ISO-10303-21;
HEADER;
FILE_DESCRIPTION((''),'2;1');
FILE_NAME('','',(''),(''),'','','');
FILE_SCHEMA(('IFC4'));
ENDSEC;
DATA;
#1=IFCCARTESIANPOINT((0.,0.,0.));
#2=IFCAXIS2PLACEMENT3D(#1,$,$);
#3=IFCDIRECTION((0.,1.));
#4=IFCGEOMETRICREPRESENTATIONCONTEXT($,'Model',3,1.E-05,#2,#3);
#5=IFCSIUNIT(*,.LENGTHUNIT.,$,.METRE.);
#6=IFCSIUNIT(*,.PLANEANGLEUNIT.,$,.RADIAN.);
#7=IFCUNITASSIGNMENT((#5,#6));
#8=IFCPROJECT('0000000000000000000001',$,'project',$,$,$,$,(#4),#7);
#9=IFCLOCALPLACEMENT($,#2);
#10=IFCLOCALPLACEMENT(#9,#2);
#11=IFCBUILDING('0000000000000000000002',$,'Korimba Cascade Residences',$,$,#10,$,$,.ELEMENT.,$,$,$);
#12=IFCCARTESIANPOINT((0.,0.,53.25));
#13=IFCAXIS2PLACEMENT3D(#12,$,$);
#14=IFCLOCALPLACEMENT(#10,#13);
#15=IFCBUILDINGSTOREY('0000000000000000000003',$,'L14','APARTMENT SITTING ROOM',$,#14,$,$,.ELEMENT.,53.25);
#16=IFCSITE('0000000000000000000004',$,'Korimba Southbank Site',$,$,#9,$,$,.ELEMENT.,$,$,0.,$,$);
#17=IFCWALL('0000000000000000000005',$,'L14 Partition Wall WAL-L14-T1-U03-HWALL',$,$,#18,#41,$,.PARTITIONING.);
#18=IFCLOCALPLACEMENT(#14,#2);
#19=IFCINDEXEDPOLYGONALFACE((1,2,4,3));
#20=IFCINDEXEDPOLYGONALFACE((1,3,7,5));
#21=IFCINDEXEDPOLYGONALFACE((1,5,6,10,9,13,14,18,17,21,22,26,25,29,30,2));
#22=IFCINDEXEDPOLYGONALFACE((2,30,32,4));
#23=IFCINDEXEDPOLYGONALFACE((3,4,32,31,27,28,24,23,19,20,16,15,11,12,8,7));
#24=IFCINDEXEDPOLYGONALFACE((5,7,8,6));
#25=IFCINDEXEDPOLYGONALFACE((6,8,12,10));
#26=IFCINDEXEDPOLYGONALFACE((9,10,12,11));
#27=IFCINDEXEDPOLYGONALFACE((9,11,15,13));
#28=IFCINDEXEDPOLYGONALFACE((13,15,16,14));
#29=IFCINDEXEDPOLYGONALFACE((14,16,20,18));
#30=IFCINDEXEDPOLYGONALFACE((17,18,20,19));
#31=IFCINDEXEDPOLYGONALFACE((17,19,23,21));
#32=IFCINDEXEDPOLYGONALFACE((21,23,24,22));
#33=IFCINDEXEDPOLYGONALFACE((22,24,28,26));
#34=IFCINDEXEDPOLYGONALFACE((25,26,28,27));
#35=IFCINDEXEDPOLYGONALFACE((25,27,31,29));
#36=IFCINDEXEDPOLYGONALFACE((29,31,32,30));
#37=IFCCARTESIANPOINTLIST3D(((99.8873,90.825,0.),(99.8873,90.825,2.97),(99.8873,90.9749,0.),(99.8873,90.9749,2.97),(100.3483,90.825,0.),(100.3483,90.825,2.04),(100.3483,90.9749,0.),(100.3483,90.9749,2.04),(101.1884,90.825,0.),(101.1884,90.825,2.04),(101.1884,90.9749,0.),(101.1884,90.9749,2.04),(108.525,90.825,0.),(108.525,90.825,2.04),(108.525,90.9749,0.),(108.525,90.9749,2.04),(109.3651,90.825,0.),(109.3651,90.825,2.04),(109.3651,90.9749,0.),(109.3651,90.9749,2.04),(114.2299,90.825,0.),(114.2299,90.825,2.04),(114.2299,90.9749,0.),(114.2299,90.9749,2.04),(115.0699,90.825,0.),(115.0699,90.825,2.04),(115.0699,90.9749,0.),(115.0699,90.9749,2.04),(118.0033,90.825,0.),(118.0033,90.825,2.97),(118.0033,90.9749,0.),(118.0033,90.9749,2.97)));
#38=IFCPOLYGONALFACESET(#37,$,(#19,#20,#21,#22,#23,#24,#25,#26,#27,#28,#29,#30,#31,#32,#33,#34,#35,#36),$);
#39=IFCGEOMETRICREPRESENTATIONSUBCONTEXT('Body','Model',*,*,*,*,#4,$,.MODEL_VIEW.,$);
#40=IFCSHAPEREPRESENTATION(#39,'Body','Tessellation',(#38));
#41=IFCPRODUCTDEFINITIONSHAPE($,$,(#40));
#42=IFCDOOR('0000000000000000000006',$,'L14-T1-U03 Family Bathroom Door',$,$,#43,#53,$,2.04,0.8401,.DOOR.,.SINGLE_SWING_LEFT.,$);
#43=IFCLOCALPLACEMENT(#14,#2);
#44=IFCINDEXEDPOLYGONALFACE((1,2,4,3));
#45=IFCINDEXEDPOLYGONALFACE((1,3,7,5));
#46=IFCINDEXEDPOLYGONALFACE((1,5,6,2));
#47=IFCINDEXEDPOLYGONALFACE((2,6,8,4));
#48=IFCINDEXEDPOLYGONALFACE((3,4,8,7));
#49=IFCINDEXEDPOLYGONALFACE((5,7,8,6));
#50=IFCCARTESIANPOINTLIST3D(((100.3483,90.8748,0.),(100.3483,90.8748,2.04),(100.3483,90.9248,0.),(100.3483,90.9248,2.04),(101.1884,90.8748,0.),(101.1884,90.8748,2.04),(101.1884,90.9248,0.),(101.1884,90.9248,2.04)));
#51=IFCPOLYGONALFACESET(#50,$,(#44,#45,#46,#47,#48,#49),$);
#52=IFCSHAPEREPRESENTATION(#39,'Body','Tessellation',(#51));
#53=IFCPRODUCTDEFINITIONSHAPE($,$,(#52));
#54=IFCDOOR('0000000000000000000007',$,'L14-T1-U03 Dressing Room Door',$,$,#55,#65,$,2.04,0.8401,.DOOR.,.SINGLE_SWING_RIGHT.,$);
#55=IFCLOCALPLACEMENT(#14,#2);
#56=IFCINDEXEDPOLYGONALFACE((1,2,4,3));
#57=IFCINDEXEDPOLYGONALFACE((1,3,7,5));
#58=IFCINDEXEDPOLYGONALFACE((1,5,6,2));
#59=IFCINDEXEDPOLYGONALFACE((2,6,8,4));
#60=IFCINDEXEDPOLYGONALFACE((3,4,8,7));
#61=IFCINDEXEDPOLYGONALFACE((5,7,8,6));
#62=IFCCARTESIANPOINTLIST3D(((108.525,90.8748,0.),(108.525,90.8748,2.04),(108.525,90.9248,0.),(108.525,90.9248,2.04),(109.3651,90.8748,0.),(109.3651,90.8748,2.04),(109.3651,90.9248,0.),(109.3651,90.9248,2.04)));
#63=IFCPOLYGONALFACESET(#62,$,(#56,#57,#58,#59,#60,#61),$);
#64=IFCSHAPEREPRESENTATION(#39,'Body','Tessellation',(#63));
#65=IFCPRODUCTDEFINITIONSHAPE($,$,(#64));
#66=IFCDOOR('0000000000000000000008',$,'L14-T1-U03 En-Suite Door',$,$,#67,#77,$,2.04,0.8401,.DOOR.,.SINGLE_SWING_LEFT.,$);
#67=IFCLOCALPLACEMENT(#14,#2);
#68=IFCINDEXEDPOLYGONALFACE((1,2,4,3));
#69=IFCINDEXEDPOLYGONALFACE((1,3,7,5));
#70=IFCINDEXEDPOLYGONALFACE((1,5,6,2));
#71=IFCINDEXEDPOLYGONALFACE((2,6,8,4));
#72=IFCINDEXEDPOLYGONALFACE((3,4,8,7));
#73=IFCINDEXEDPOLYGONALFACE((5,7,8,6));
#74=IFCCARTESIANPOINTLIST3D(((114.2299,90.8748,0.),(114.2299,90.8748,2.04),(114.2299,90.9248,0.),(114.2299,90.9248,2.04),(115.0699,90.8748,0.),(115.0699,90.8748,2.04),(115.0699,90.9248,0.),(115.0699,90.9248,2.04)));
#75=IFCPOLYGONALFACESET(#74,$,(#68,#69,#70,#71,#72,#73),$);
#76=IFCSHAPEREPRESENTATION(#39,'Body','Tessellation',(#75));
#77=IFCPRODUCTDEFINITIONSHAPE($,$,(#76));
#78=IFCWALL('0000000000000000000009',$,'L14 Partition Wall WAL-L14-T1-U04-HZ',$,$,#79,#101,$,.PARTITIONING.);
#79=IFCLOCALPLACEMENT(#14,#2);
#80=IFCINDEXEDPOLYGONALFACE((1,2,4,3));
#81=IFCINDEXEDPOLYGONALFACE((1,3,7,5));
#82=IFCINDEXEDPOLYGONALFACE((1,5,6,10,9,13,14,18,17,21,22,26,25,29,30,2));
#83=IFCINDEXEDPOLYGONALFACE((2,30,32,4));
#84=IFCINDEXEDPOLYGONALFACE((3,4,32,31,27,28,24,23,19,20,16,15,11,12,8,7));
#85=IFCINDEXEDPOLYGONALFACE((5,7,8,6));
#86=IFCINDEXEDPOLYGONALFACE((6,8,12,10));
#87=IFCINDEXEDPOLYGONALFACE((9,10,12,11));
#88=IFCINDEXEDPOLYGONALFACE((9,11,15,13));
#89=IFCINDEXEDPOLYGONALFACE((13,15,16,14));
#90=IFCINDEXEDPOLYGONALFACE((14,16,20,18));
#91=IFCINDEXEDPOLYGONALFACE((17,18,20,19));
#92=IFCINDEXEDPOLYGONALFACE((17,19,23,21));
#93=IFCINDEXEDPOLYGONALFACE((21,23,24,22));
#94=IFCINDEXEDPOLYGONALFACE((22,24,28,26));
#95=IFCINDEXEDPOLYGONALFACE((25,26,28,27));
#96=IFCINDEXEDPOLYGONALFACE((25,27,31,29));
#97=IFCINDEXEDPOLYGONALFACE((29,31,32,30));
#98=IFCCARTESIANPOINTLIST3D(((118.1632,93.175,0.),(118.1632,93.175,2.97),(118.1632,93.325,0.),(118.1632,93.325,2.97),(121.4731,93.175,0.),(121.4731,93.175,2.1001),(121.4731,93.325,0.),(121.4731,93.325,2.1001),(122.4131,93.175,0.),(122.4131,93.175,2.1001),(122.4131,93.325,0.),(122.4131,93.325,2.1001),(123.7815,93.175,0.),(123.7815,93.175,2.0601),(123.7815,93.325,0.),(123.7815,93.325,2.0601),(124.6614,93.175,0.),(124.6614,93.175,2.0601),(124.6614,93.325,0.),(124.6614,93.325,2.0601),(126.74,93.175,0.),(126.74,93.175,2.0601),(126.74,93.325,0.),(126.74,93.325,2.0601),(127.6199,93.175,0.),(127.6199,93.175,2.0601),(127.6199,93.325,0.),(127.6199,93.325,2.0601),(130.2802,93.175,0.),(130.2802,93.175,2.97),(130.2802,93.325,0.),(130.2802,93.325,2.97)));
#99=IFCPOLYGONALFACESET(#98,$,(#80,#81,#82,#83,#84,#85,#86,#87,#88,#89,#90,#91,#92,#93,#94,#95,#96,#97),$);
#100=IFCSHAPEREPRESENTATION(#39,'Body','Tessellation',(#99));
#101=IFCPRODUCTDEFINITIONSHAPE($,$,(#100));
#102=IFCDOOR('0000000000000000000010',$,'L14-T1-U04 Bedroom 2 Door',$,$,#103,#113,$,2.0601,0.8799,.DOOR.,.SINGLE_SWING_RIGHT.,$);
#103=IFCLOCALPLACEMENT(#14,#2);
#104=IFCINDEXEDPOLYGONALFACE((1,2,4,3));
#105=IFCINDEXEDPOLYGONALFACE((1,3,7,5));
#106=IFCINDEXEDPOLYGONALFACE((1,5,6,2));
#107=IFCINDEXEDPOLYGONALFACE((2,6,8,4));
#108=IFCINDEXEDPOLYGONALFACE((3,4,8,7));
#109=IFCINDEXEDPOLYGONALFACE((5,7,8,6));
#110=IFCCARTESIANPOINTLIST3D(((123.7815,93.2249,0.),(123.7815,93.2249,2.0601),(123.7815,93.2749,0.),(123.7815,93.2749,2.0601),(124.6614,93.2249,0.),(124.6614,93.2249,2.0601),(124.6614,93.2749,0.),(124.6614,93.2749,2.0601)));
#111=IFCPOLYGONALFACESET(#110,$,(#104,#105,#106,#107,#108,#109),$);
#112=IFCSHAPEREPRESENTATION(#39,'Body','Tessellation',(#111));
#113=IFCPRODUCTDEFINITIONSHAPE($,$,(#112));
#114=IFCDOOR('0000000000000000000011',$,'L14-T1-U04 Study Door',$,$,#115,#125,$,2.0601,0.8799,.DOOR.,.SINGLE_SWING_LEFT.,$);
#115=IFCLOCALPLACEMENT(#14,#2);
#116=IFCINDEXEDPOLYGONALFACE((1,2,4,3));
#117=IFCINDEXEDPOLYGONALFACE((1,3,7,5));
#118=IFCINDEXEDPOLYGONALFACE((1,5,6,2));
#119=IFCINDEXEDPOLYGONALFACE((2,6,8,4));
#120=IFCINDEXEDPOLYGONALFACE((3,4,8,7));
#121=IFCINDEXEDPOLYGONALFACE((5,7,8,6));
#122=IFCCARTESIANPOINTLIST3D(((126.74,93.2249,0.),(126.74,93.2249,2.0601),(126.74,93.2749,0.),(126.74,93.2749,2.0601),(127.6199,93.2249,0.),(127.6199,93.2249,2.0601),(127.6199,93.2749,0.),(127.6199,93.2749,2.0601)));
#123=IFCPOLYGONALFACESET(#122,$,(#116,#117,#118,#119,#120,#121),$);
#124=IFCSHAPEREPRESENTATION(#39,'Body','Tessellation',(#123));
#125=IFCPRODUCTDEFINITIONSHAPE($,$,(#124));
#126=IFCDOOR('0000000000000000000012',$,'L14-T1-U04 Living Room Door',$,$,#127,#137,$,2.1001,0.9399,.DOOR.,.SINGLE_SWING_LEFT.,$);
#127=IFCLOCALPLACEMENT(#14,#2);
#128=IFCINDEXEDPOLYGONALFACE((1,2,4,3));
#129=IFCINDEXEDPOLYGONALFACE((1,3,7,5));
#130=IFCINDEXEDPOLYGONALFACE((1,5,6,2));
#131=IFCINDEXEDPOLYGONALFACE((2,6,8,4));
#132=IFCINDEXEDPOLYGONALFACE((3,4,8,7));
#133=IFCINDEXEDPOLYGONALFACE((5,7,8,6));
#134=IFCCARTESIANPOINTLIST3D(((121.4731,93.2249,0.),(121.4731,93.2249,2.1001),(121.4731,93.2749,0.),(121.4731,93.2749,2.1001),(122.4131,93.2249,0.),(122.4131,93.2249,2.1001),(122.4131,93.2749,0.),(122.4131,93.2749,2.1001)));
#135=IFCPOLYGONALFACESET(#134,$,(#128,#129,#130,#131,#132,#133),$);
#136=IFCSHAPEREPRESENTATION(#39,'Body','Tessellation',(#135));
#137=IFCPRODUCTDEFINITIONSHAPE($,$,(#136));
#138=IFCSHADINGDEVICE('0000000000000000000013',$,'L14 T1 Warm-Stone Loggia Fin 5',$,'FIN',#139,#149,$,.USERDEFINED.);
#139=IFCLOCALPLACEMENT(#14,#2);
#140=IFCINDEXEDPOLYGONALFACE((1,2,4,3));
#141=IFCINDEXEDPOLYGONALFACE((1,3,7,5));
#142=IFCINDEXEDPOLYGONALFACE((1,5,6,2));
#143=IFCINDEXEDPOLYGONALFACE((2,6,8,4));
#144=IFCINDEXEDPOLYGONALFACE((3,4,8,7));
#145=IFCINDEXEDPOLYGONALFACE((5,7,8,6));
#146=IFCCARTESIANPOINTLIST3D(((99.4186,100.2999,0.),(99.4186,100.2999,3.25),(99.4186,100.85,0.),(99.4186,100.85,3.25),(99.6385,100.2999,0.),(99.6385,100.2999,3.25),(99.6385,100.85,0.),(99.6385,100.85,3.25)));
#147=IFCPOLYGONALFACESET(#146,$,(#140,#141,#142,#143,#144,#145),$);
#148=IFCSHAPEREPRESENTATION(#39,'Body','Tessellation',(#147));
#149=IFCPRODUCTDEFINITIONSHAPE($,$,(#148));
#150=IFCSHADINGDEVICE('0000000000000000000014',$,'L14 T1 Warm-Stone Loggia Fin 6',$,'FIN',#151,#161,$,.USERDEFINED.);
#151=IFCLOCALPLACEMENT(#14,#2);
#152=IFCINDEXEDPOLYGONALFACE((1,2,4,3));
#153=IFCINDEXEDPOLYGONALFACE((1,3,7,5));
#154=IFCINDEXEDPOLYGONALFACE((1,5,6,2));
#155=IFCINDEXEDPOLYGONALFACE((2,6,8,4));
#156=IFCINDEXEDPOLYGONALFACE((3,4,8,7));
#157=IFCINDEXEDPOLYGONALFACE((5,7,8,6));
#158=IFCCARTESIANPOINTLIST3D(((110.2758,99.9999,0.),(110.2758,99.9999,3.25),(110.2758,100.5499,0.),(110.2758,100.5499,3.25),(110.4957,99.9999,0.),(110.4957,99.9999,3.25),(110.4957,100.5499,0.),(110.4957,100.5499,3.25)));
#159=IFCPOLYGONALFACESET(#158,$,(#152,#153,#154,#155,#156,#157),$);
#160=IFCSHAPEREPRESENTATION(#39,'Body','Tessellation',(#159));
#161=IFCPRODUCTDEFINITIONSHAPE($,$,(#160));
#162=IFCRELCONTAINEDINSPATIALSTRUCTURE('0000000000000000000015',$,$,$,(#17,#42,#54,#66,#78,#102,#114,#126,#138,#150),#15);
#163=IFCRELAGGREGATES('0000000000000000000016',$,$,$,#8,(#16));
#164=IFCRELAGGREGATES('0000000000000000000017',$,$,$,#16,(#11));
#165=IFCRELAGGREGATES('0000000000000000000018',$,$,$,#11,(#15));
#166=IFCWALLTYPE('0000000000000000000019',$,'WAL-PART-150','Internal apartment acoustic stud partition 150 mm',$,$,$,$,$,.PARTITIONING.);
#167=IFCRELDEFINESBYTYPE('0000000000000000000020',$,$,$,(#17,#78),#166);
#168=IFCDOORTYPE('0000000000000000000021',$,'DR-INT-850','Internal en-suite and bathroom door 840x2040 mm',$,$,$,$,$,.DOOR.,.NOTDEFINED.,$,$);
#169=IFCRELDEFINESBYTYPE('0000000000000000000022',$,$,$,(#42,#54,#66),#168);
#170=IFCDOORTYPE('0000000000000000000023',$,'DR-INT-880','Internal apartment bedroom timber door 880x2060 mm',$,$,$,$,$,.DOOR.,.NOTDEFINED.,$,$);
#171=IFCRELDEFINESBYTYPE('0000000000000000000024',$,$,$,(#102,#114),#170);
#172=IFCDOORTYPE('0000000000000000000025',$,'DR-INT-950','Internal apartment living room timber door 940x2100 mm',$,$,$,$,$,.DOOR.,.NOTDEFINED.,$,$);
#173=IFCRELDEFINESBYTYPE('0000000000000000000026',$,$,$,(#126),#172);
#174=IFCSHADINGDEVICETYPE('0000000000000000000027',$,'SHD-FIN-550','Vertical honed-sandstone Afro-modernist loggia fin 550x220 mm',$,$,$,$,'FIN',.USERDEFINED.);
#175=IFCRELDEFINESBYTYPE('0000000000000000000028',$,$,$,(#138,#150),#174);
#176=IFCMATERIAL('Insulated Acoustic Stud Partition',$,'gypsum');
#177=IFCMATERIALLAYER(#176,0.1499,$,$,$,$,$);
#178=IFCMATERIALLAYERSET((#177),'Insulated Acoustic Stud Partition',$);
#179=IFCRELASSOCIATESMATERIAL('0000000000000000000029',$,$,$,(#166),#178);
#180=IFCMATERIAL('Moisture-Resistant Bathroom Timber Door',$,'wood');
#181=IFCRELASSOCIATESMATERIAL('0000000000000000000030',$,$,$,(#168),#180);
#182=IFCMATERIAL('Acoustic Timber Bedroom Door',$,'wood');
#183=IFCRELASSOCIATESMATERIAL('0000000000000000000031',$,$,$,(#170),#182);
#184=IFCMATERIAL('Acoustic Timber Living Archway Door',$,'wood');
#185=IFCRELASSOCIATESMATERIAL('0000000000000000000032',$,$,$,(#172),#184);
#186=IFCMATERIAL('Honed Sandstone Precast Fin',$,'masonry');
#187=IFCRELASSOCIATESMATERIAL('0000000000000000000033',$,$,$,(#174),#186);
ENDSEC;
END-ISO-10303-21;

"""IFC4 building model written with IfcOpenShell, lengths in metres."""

from ifc_helpers import new_model, si_unit, direction, frame, frame_2d, origin, origin_2d, place, context, subcontext, project, spatial, rectangle, extrude, material, layer, layer_set, type_object, element, fill, save


model = new_model("IFC4")

# Units and contexts
model_context = context("Model", 3, precision=1e-05, world=origin(), true_north=direction((0.0, 1.0)))
body_context = subcontext(model_context, "Body", "Model", "MODEL_VIEW")
ifc_project = project(units=[si_unit("LENGTHUNIT", "METRE"), si_unit("PLANEANGLEUNIT", "RADIAN")], contexts=[model_context])

# Site, building, storey
site_placement = place(None, origin())
site = spatial("IfcSite", under=ifc_project, at=site_placement, Name="Korimba Southbank Site", CompositionType="ELEMENT", RefElevation=0.0)
building_placement = place(site_placement, origin())
building = spatial("IfcBuilding", under=site, at=building_placement, Name="Korimba Cascade Residences", CompositionType="ELEMENT")
storey_placement = place(building_placement, frame((0.0, 0.0, 53.25)))
storey = spatial("IfcBuildingStorey", under=building, at=storey_placement, Name="L14", Description="APARTMENT SITTING ROOM", CompositionType="ELEMENT", Elevation=53.25)

# Shared definitions
ifc_material_1 = material(Name="Insulated Acoustic Stud Partition", Category="gypsum")
ifc_layer = layer(ifc_material_1, 0.1499)
ifc_layer_set = layer_set([ifc_layer], Name="Insulated Acoustic Stud Partition")
wall_type = type_object("IfcWallType", Name="WAL-PART-150", Description="Internal apartment acoustic stud partition 150 mm", PredefinedType="PARTITIONING", material=ifc_layer_set)

# Walls, openings, doors
wall_1_placement = place(storey_placement, frame((99.8872, 90.8999, 0.0), z_axis=(0.0, 0.0, 1.0), x_axis=(1.0, 0.0, 0.0)))
wall_1 = element("IfcWall", 1, at=wall_1_placement, inside=storey, type_object=wall_type, Name="L14 Partition Wall WAL-L14-T1-U03-HWALL", PredefinedType="PARTITIONING", context=body_context, shape_type="SweptSolid", body=[
    extrude(rectangle(XDim=18.116, YDim=0.1499, at=frame_2d((9.0581, 0.0))), origin(), (0.0, 0.0, 1.0), 2.97),
])
opening_1_placement = place(wall_1_placement, frame((0.4612, 0.0, 0.0)))
opening_1 = element("IfcOpeningElement", 2, at=opening_1_placement, cuts=wall_1, PredefinedType="OPENING", context=body_context, shape_type="SweptSolid", body=[
    extrude(rectangle(XDim=0.8401, YDim=2.04, at=frame_2d((0.4199, 1.02))), frame((0.0, 0.085, 0.0), z_axis=(0.0, -1.0, 0.0), x_axis=(1.0, 0.0, 0.0)), (0.0, 0.0, 1.0), 0.1699),
])
opening_2_placement = place(wall_1_placement, frame((8.6379, 0.0, 0.0)))
opening_2 = element("IfcOpeningElement", 3, at=opening_2_placement, cuts=wall_1, PredefinedType="OPENING", context=body_context, shape_type="SweptSolid", body=[
    extrude(rectangle(XDim=0.8401, YDim=2.04, at=frame_2d((0.4199, 1.02))), frame((0.0, 0.085, 0.0), z_axis=(0.0, -1.0, 0.0), x_axis=(1.0, 0.0, 0.0)), (0.0, 0.0, 1.0), 0.1699),
])
opening_3_placement = place(wall_1_placement, frame((14.3428, 0.0, 0.0)))
opening_3 = element("IfcOpeningElement", 4, at=opening_3_placement, cuts=wall_1, PredefinedType="OPENING", context=body_context, shape_type="SweptSolid", body=[
    extrude(rectangle(XDim=0.8401, YDim=2.04, at=frame_2d((0.4199, 1.02))), frame((0.0, 0.085, 0.0), z_axis=(0.0, -1.0, 0.0), x_axis=(1.0, 0.0, 0.0)), (0.0, 0.0, 1.0), 0.1699),
])
ifc_material_2 = material(Name="Moisture-Resistant Bathroom Timber Door", Category="wood")
door_type_1 = type_object("IfcDoorType", Name="DR-INT-850", Description="Internal en-suite and bathroom door 840x2040 mm", OperationType="NOTDEFINED", PredefinedType="DOOR", material=ifc_material_2)
door_1_placement = place(opening_1_placement, origin())
door_1 = element("IfcDoor", 5, at=door_1_placement, inside=storey, type_object=door_type_1, Name="L14-T1-U03 Family Bathroom Door", OperationType="SINGLE_SWING_LEFT", OverallHeight=2.04, OverallWidth=0.8401, PredefinedType="DOOR", context=body_context, shape_type="SweptSolid", body=[
    extrude(rectangle(XDim=0.8401, YDim=2.04, at=frame_2d((0.4199, 1.02))), frame((0.0, 0.0249, 0.0), z_axis=(0.0, -1.0, 0.0), x_axis=(1.0, 0.0, 0.0)), (0.0, 0.0, 1.0), 0.05),
])
fill(opening_1, door_1)
door_2_placement = place(opening_2_placement, origin())
door_2 = element("IfcDoor", 6, at=door_2_placement, inside=storey, type_object=door_type_1, Name="L14-T1-U03 Dressing Room Door", OperationType="SINGLE_SWING_RIGHT", OverallHeight=2.04, OverallWidth=0.8401, PredefinedType="DOOR", context=body_context, shape_type="SweptSolid", body=[
    extrude(rectangle(XDim=0.8401, YDim=2.04, at=frame_2d((0.4199, 1.02))), frame((0.0, 0.0249, 0.0), z_axis=(0.0, -1.0, 0.0), x_axis=(1.0, 0.0, 0.0)), (0.0, 0.0, 1.0), 0.05),
])
fill(opening_2, door_2)
door_3_placement = place(opening_3_placement, origin())
door_3 = element("IfcDoor", 7, at=door_3_placement, inside=storey, type_object=door_type_1, Name="L14-T1-U03 En-Suite Door", OperationType="SINGLE_SWING_LEFT", OverallHeight=2.04, OverallWidth=0.8401, PredefinedType="DOOR", context=body_context, shape_type="SweptSolid", body=[
    extrude(rectangle(XDim=0.8401, YDim=2.04, at=frame_2d((0.4199, 1.02))), frame((0.0, 0.0249, 0.0), z_axis=(0.0, -1.0, 0.0), x_axis=(1.0, 0.0, 0.0)), (0.0, 0.0, 1.0), 0.05),
])
fill(opening_3, door_3)
wall_2_placement = place(storey_placement, frame((118.1631, 93.25, 0.0), z_axis=(0.0, 0.0, 1.0), x_axis=(1.0, 0.0, 0.0)))
wall_2 = element("IfcWall", 8, at=wall_2_placement, inside=storey, type_object=wall_type, Name="L14 Partition Wall WAL-L14-T1-U04-HZ", PredefinedType="PARTITIONING", context=body_context, shape_type="SweptSolid", body=[
    extrude(rectangle(XDim=12.1169, YDim=0.1499, at=frame_2d((6.0586, 0.0))), origin(), (0.0, 0.0, 1.0), 2.97),
])
opening_4_placement = place(wall_2_placement, frame((3.3101, 0.0, 0.0)))
opening_4 = element("IfcOpeningElement", 9, at=opening_4_placement, cuts=wall_2, PredefinedType="OPENING", context=body_context, shape_type="SweptSolid", body=[
    extrude(rectangle(XDim=0.9399, YDim=2.1001, at=frame_2d((0.47, 1.05))), frame((0.0, 0.085, 0.0), z_axis=(0.0, -1.0, 0.0), x_axis=(1.0, 0.0, 0.0)), (0.0, 0.0, 1.0), 0.1699),
])
opening_5_placement = place(wall_2_placement, frame((5.6184, 0.0, 0.0)))
opening_5 = element("IfcOpeningElement", 10, at=opening_5_placement, cuts=wall_2, PredefinedType="OPENING", context=body_context, shape_type="SweptSolid", body=[
    extrude(rectangle(XDim=0.8799, YDim=2.0601, at=frame_2d((0.4399, 1.03))), frame((0.0, 0.085, 0.0), z_axis=(0.0, -1.0, 0.0), x_axis=(1.0, 0.0, 0.0)), (0.0, 0.0, 1.0), 0.1699),
])
opening_6_placement = place(wall_2_placement, frame((8.5769, 0.0, 0.0)))
opening_6 = element("IfcOpeningElement", 11, at=opening_6_placement, cuts=wall_2, PredefinedType="OPENING", context=body_context, shape_type="SweptSolid", body=[
    extrude(rectangle(XDim=0.8799, YDim=2.0601, at=frame_2d((0.4399, 1.03))), frame((0.0, 0.085, 0.0), z_axis=(0.0, -1.0, 0.0), x_axis=(1.0, 0.0, 0.0)), (0.0, 0.0, 1.0), 0.1699),
])
ifc_material_3 = material(Name="Acoustic Timber Bedroom Door", Category="wood")
door_type_2 = type_object("IfcDoorType", Name="DR-INT-880", Description="Internal apartment bedroom timber door 880x2060 mm", OperationType="NOTDEFINED", PredefinedType="DOOR", material=ifc_material_3)
door_4_placement = place(opening_5_placement, origin())
door_4 = element("IfcDoor", 12, at=door_4_placement, inside=storey, type_object=door_type_2, Name="L14-T1-U04 Bedroom 2 Door", OperationType="SINGLE_SWING_RIGHT", OverallHeight=2.0601, OverallWidth=0.8799, PredefinedType="DOOR", context=body_context, shape_type="SweptSolid", body=[
    extrude(rectangle(XDim=0.8799, YDim=2.0601, at=frame_2d((0.4399, 1.03))), frame((0.0, 0.0249, 0.0), z_axis=(0.0, -1.0, 0.0), x_axis=(1.0, 0.0, 0.0)), (0.0, 0.0, 1.0), 0.05),
])
fill(opening_5, door_4)
door_5_placement = place(opening_6_placement, origin())
door_5 = element("IfcDoor", 13, at=door_5_placement, inside=storey, type_object=door_type_2, Name="L14-T1-U04 Study Door", OperationType="SINGLE_SWING_LEFT", OverallHeight=2.0601, OverallWidth=0.8799, PredefinedType="DOOR", context=body_context, shape_type="SweptSolid", body=[
    extrude(rectangle(XDim=0.8799, YDim=2.0601, at=frame_2d((0.4399, 1.03))), frame((0.0, 0.0249, 0.0), z_axis=(0.0, -1.0, 0.0), x_axis=(1.0, 0.0, 0.0)), (0.0, 0.0, 1.0), 0.05),
])
fill(opening_6, door_5)
ifc_material_4 = material(Name="Acoustic Timber Living Archway Door", Category="wood")
door_type_3 = type_object("IfcDoorType", Name="DR-INT-950", Description="Internal apartment living room timber door 940x2100 mm", OperationType="NOTDEFINED", PredefinedType="DOOR", material=ifc_material_4)
door_6_placement = place(opening_4_placement, origin())
door_6 = element("IfcDoor", 14, at=door_6_placement, inside=storey, type_object=door_type_3, Name="L14-T1-U04 Living Room Door", OperationType="SINGLE_SWING_LEFT", OverallHeight=2.1001, OverallWidth=0.9399, PredefinedType="DOOR", context=body_context, shape_type="SweptSolid", body=[
    extrude(rectangle(XDim=0.9399, YDim=2.1001, at=frame_2d((0.47, 1.05))), frame((0.0, 0.0249, 0.0), z_axis=(0.0, -1.0, 0.0), x_axis=(1.0, 0.0, 0.0)), (0.0, 0.0, 1.0), 0.05),
])
fill(opening_4, door_6)

# Shading devices
ifc_material_5 = material(Name="Honed Sandstone Precast Fin", Category="masonry")
shading_device_type = type_object("IfcShadingDeviceType", Name="SHD-FIN-550", Description="Vertical honed-sandstone Afro-modernist loggia fin 550x220 mm", ElementType="FIN", PredefinedType="USERDEFINED", material=ifc_material_5)
for number, where, z_axis, x_axis, name in (
    (15, (99.5286, 100.575, 0.0), (0.0, 0.0, 1.0), (1.0, 0.0, 0.0), "L14 T1 Warm-Stone Loggia Fin 5"),
    (16, (110.3857, 100.2749, 0.0), (0.0, 0.0, 1.0), (1.0, 0.0, 0.0), "L14 T1 Warm-Stone Loggia Fin 6"),
):
    element("IfcShadingDevice", number, at=place(storey_placement, frame(where, z_axis=z_axis, x_axis=x_axis)), inside=storey, type_object=shading_device_type, Name=name, ObjectType="FIN", PredefinedType="USERDEFINED", context=body_context, shape_type="SweptSolid", body=[
        extrude(rectangle(XDim=0.22, YDim=0.55, at=origin_2d()), origin(), (0.0, 0.0, 1.0), 3.25),
    ])

save(model, "model.ifc")
